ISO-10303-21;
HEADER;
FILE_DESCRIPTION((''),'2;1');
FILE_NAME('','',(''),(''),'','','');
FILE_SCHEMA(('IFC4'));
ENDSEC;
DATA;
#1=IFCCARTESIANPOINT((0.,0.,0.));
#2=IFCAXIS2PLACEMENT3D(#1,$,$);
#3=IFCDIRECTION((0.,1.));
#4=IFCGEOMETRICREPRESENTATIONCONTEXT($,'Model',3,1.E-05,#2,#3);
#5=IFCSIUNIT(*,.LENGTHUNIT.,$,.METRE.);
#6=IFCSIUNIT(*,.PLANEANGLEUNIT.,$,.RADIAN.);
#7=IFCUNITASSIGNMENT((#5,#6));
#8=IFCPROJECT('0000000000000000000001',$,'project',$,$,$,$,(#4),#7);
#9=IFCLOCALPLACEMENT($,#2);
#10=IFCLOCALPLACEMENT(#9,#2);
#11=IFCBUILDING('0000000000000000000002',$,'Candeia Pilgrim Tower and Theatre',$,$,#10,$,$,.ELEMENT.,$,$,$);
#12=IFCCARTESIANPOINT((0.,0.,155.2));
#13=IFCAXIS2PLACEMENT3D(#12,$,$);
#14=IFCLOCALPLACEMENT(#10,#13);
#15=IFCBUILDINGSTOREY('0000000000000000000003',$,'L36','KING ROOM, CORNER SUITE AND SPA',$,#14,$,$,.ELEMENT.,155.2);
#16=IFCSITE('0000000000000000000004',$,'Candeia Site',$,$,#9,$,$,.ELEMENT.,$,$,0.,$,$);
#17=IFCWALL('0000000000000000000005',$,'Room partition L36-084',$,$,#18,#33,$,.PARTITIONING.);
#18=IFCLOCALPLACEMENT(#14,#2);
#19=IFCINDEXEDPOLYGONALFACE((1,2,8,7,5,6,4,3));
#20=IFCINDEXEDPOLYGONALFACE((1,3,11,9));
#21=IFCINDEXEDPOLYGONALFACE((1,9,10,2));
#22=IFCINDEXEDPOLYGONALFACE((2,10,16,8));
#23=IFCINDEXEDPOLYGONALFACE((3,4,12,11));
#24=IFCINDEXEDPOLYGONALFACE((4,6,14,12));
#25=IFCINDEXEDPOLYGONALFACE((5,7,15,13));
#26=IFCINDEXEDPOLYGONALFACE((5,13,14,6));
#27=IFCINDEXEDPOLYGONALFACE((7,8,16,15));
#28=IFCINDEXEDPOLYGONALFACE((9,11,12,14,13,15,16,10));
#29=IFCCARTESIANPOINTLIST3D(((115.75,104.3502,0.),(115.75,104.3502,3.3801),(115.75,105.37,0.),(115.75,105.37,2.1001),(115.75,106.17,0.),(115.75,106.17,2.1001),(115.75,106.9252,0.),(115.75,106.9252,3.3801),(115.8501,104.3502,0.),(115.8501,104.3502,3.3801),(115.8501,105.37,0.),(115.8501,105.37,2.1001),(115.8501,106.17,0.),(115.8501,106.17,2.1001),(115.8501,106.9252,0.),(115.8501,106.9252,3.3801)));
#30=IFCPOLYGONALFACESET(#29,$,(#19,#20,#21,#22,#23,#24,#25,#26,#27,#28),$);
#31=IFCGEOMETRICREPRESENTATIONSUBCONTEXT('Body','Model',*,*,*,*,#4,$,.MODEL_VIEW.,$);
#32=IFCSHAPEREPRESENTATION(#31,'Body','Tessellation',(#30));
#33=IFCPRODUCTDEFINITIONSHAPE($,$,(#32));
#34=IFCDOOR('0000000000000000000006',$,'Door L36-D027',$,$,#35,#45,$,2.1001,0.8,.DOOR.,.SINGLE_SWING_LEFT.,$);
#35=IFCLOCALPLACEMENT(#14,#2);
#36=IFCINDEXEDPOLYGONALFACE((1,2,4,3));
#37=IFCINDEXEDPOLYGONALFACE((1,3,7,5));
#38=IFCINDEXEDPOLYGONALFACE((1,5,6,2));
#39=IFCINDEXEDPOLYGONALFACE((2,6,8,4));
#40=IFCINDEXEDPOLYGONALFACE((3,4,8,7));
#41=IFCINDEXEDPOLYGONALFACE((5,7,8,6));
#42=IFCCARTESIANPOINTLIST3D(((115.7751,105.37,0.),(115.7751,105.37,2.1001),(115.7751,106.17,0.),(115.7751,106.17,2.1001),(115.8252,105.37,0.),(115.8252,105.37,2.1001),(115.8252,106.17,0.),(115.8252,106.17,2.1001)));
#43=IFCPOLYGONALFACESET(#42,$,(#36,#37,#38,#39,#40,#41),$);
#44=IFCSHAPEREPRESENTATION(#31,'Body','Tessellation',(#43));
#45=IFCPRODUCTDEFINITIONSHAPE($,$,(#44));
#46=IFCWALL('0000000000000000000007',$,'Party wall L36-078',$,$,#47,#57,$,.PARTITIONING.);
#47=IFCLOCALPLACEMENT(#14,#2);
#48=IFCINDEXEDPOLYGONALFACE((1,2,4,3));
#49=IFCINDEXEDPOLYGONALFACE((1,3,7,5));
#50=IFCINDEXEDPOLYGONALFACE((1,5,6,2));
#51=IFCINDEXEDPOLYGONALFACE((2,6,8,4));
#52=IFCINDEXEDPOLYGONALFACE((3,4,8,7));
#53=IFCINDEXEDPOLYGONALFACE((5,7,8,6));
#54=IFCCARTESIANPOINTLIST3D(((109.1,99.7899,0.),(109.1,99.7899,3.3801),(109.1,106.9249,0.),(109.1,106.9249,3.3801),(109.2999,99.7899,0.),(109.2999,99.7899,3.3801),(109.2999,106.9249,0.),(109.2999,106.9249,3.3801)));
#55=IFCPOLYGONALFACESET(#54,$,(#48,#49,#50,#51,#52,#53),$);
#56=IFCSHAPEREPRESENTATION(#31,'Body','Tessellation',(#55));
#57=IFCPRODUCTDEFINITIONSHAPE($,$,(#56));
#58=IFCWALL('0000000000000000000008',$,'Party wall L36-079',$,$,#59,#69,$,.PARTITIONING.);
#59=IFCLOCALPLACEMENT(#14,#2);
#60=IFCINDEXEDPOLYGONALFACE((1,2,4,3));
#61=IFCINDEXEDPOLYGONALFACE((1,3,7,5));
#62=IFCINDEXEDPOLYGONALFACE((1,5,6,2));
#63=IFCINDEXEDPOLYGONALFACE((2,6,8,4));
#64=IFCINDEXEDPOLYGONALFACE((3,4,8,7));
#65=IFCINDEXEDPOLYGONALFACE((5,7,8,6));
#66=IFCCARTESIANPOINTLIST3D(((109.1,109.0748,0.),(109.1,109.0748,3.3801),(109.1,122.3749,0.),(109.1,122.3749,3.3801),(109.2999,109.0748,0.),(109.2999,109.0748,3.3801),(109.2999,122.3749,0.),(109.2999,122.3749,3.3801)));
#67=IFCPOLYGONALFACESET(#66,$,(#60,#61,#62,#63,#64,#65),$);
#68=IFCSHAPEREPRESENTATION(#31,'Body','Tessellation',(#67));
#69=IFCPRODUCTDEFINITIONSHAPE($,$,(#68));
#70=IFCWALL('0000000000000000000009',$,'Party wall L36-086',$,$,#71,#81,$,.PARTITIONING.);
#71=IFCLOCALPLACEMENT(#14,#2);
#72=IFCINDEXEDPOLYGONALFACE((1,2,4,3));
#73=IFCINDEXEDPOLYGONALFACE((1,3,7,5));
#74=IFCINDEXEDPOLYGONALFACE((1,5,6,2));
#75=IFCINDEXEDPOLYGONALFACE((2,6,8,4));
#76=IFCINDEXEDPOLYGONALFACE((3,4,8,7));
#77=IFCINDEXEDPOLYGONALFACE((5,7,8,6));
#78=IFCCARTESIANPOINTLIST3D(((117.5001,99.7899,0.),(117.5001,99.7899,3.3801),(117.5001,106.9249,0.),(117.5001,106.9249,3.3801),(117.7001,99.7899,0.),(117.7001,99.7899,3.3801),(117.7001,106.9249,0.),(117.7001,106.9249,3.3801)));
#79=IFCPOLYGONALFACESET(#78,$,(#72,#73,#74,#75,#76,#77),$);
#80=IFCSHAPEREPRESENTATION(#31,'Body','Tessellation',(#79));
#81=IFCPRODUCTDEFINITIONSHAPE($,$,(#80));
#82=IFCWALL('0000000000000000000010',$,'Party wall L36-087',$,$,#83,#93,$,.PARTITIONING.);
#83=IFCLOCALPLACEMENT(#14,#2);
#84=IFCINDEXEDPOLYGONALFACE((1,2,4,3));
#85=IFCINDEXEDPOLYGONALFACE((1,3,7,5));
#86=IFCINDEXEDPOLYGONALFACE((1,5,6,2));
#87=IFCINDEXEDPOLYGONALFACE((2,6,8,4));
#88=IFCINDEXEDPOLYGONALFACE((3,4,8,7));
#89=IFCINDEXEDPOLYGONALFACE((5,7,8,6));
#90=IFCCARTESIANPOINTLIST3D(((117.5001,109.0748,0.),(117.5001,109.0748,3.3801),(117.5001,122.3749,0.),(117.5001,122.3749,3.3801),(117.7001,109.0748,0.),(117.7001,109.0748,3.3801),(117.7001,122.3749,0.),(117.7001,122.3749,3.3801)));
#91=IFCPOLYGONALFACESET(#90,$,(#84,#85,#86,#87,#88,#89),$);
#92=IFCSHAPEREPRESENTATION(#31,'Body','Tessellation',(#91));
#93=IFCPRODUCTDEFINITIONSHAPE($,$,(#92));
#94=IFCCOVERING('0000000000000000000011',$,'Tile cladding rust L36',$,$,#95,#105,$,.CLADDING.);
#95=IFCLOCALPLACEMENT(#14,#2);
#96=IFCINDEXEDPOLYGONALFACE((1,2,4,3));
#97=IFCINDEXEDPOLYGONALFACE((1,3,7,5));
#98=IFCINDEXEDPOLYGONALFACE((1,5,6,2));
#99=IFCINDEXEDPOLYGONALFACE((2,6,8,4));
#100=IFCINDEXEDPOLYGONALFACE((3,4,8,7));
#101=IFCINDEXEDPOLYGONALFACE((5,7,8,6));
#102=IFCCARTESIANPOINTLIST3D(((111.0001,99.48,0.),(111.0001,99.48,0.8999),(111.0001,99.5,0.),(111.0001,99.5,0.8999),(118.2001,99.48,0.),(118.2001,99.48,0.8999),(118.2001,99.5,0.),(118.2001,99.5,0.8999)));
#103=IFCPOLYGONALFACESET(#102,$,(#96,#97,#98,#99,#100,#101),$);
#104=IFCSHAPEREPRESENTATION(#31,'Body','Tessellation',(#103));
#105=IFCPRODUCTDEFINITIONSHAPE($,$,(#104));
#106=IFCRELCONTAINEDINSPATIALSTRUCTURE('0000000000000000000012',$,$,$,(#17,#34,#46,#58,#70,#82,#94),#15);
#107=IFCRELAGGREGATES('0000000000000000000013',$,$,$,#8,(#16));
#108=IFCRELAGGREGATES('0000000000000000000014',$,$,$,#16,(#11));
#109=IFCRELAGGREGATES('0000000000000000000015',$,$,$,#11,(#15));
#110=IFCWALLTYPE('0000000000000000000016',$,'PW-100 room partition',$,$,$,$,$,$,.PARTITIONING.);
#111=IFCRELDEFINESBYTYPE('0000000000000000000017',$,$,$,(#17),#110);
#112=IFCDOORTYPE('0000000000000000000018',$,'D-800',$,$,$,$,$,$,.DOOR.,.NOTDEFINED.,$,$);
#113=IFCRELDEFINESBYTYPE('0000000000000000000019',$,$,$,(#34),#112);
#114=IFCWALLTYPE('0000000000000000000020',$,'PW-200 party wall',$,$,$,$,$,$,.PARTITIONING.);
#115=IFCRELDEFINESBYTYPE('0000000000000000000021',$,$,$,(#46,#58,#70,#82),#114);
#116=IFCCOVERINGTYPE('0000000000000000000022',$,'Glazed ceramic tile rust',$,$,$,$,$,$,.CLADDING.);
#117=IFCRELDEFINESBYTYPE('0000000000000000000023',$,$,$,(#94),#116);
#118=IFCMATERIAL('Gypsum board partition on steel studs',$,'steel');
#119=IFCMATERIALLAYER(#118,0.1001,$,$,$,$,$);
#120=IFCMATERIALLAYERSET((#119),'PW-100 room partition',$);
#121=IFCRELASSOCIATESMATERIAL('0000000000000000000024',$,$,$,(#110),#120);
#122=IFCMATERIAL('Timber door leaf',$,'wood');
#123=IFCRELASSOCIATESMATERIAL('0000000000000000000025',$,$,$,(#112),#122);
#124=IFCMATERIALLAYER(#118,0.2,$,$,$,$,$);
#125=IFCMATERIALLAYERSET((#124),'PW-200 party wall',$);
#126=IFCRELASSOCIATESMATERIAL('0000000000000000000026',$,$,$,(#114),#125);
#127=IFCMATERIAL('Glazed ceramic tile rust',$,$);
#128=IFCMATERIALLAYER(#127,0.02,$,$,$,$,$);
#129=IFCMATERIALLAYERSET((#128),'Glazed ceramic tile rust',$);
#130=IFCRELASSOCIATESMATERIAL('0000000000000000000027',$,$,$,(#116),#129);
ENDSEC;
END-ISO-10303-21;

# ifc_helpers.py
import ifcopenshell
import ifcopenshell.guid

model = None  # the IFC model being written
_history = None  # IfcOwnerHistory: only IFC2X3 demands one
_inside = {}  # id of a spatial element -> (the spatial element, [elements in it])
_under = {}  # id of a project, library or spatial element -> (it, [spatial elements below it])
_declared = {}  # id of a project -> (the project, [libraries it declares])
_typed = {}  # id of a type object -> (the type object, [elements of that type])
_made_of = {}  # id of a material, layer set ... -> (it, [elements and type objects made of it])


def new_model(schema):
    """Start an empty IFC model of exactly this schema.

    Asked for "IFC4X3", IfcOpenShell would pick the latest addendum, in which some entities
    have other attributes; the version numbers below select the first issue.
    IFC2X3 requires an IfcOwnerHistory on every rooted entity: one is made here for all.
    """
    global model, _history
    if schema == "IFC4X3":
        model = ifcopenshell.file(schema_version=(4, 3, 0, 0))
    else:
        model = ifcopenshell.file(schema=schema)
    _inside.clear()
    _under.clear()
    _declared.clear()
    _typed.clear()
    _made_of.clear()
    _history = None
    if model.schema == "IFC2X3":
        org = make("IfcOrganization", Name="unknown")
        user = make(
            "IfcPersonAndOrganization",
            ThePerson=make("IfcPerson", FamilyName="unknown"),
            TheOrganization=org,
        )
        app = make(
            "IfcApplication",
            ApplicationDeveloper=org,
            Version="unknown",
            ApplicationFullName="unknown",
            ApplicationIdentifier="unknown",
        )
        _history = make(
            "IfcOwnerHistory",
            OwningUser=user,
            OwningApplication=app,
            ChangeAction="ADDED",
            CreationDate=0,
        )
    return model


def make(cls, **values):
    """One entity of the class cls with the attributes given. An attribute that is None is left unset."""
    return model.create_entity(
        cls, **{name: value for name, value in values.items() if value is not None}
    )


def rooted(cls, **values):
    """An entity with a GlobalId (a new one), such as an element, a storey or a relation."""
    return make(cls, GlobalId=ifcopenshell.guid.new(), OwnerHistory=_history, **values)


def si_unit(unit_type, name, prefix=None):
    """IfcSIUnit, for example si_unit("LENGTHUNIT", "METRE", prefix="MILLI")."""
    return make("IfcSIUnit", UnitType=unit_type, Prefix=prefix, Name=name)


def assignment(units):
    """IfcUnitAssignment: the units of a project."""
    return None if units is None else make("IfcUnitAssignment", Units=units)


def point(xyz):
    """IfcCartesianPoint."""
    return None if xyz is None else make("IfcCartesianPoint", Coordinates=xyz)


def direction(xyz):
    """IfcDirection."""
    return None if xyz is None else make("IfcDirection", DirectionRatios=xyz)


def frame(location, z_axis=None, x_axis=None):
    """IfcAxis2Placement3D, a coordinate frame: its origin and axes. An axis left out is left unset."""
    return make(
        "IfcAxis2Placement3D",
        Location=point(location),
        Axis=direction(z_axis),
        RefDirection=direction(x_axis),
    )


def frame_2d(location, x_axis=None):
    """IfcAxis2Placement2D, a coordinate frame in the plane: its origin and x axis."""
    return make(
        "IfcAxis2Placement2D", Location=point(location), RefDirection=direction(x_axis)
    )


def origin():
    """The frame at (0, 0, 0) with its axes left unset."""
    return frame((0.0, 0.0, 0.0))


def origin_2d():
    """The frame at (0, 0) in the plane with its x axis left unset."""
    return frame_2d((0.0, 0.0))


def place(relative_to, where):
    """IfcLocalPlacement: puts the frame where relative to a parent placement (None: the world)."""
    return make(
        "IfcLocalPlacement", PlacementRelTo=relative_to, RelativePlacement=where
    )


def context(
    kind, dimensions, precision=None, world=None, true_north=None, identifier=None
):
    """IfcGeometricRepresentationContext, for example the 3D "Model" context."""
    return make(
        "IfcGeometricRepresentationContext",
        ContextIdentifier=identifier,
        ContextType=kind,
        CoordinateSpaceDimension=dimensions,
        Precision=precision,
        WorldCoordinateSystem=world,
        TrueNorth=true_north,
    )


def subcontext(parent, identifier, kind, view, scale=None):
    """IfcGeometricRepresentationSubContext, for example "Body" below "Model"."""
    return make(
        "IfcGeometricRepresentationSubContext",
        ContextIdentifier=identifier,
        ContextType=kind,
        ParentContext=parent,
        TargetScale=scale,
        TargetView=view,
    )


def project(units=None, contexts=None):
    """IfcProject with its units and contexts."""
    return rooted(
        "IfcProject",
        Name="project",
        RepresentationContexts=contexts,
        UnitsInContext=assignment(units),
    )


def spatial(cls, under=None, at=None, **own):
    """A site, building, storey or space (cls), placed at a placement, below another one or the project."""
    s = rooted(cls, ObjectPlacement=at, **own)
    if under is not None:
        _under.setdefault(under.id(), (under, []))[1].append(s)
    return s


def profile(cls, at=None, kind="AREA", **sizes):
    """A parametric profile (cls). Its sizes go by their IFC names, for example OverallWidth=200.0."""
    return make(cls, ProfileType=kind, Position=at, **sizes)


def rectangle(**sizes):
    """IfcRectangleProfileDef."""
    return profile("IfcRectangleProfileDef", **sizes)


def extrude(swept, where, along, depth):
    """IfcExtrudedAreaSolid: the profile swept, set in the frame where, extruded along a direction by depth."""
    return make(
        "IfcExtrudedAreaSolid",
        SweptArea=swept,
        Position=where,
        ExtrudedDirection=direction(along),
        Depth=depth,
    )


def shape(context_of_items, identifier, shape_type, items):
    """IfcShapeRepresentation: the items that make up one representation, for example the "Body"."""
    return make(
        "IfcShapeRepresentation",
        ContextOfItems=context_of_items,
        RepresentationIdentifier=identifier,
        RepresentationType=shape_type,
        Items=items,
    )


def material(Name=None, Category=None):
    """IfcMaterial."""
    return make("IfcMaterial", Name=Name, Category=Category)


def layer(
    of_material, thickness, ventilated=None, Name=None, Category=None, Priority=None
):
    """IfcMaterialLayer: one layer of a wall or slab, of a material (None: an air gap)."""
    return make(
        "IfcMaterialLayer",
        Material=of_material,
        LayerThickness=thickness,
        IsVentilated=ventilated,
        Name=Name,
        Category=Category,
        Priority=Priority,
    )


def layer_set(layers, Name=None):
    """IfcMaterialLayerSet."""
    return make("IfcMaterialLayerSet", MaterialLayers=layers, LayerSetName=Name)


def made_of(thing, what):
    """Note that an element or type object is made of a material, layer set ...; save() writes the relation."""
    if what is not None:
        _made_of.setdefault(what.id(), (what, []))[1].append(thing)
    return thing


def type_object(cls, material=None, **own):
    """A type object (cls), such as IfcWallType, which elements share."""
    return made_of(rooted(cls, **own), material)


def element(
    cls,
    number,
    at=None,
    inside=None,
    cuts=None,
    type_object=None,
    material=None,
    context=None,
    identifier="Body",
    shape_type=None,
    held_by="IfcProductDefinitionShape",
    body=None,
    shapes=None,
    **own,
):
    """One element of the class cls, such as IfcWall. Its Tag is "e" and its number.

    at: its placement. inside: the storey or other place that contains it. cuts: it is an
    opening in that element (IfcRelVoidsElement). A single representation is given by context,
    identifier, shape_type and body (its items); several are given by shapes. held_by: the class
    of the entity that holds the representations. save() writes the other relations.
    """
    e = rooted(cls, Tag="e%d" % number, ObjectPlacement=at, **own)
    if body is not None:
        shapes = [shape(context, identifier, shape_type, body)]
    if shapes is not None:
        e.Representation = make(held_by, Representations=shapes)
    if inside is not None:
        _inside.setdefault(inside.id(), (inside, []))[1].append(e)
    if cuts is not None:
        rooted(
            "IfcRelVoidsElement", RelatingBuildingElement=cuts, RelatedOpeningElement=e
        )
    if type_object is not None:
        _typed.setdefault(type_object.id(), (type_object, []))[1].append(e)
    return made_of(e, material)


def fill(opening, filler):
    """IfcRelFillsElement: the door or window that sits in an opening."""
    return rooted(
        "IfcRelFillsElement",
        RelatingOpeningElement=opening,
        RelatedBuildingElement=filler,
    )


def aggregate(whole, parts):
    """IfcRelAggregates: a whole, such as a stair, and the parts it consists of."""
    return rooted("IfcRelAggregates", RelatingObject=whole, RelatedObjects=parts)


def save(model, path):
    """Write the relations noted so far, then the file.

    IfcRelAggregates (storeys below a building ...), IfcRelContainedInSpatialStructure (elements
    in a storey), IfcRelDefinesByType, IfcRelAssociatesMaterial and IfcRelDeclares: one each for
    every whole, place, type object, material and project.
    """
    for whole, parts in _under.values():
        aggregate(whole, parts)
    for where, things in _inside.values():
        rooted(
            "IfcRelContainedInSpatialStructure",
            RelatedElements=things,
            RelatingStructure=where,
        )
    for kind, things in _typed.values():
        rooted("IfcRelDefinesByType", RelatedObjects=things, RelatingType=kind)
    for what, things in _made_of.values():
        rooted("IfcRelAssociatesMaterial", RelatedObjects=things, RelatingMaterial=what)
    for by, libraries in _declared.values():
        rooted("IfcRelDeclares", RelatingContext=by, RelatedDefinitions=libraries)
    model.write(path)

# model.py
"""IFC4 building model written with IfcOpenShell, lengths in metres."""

from ifc_helpers import new_model, si_unit, direction, frame, frame_2d, origin, origin_2d, place, context, subcontext, project, spatial, rectangle, extrude, material, layer, layer_set, type_object, element, fill, save


model = new_model("IFC4")

# Units and contexts
model_context = context("Model", 3, precision=1e-05, world=origin(), true_north=direction((0.0, 1.0)))
body_context = subcontext(model_context, "Body", "Model", "MODEL_VIEW")
ifc_project = project(units=[si_unit("LENGTHUNIT", "METRE"), si_unit("PLANEANGLEUNIT", "RADIAN")], contexts=[model_context])

# Site, building, storey
site_placement = place(None, origin())
site = spatial("IfcSite", under=ifc_project, at=site_placement, Name="Candeia Site", CompositionType="ELEMENT", RefElevation=0.0)
building_placement = place(site_placement, origin())
building = spatial("IfcBuilding", under=site, at=building_placement, Name="Candeia Pilgrim Tower and Theatre", CompositionType="ELEMENT")
storey_placement = place(building_placement, frame((0.0, 0.0, 155.2)))
storey = spatial("IfcBuildingStorey", under=building, at=storey_placement, Name="L36", Description="KING ROOM, CORNER SUITE AND SPA", CompositionType="ELEMENT", Elevation=155.2)

# Shared definitions
ifc_material_1 = material(Name="Gypsum board partition on steel studs", Category="steel")
ifc_layer_1 = layer(ifc_material_1, 0.1001)
ifc_layer_set_1 = layer_set([ifc_layer_1], Name="PW-100 room partition")
wall_type_1 = type_object("IfcWallType", Name="PW-100 room partition", PredefinedType="PARTITIONING", material=ifc_layer_set_1)

# Wall, opening, door
ifc_material_2 = material(Name="Timber door leaf", Category="wood")
door_type_1 = type_object("IfcDoorType", Name="D-800", OperationType="NOTDEFINED", PredefinedType="DOOR", material=ifc_material_2)
wall_1_placement = place(storey_placement, frame((115.8, 104.3501, 0.0), z_axis=(0.0, 0.0, 1.0), x_axis=(0.0, 1.0, 0.0)))
wall_1 = element("IfcWall", 1, at=wall_1_placement, inside=storey, type_object=wall_type_1, Name="Room partition L36-084", PredefinedType="PARTITIONING", context=body_context, shape_type="SweptSolid", body=[
    extrude(rectangle(XDim=2.575, YDim=0.1001, at=frame_2d((1.2876, 0.0))), origin(), (0.0, 0.0, 1.0), 3.3801),
])
opening_1_placement = place(wall_1_placement, frame((1.02, 0.0, 0.0)))
opening_1 = element("IfcOpeningElement", 2, at=opening_1_placement, cuts=wall_1, PredefinedType="OPENING", context=body_context, shape_type="SweptSolid", body=[
    extrude(rectangle(XDim=0.8, YDim=2.1001, at=frame_2d((0.3999, 1.05))), frame((0.0, 0.0601, 0.0), z_axis=(0.0, -1.0, 0.0), x_axis=(1.0, 0.0, 0.0)), (0.0, 0.0, 1.0), 0.1201),
])
door_1_placement = place(opening_1_placement, origin())
door_1 = element("IfcDoor", 3, at=door_1_placement, inside=storey, type_object=door_type_1, Name="Door L36-D027", OperationType="SINGLE_SWING_LEFT", OverallHeight=2.1001, OverallWidth=0.8, PredefinedType="DOOR", context=body_context, shape_type="SweptSolid", body=[
    extrude(rectangle(XDim=0.8, YDim=2.1001, at=frame_2d((0.3999, 1.05))), frame((0.0, 0.0249, 0.0), z_axis=(0.0, -1.0, 0.0), x_axis=(1.0, 0.0, 0.0)), (0.0, 0.0, 1.0), 0.05),
])
fill(opening_1, door_1)

# Walls
ifc_layer_2 = layer(ifc_material_1, 0.2)
ifc_layer_set_2 = layer_set([ifc_layer_2], Name="PW-200 party wall")
wall_type_2 = type_object("IfcWallType", Name="PW-200 party wall", PredefinedType="PARTITIONING", material=ifc_layer_set_2)
wall_2_placement = place(storey_placement, frame((109.2, 99.79, 0.0), z_axis=(0.0, 0.0, 1.0), x_axis=(0.0, 1.0, 0.0)))
element("IfcWall", 4, at=wall_2_placement, inside=storey, type_object=wall_type_2, Name="Party wall L36-078", PredefinedType="PARTITIONING", context=body_context, shape_type="SweptSolid", body=[
    extrude(rectangle(XDim=7.135, YDim=0.2, at=frame_2d((3.5674, 0.0))), origin(), (0.0, 0.0, 1.0), 3.3801),
])
wall_3_placement = place(storey_placement, frame((109.2, 109.075, 0.0), z_axis=(0.0, 0.0, 1.0), x_axis=(0.0, 1.0, 0.0)))
element("IfcWall", 5, at=wall_3_placement, inside=storey, type_object=wall_type_2, Name="Party wall L36-079", PredefinedType="PARTITIONING", context=body_context, shape_type="SweptSolid", body=[
    extrude(rectangle(XDim=13.3, YDim=0.2, at=frame_2d((6.6499, 0.0))), origin(), (0.0, 0.0, 1.0), 3.3801),
])
wall_4_placement = place(storey_placement, frame((117.6001, 99.79, 0.0), z_axis=(0.0, 0.0, 1.0), x_axis=(0.0, 1.0, 0.0)))
element("IfcWall", 6, at=wall_4_placement, inside=storey, type_object=wall_type_2, Name="Party wall L36-086", PredefinedType="PARTITIONING", context=body_context, shape_type="SweptSolid", body=[
    extrude(rectangle(XDim=7.135, YDim=0.2, at=frame_2d((3.5674, 0.0))), origin(), (0.0, 0.0, 1.0), 3.3801),
])
wall_5_placement = place(storey_placement, frame((117.6001, 109.075, 0.0), z_axis=(0.0, 0.0, 1.0), x_axis=(0.0, 1.0, 0.0)))
element("IfcWall", 7, at=wall_5_placement, inside=storey, type_object=wall_type_2, Name="Party wall L36-087", PredefinedType="PARTITIONING", context=body_context, shape_type="SweptSolid", body=[
    extrude(rectangle(XDim=13.3, YDim=0.2, at=frame_2d((6.6499, 0.0))), origin(), (0.0, 0.0, 1.0), 3.3801),
])

# Covering
ifc_material_3 = material(Name="Glazed ceramic tile rust")
ifc_layer_3 = layer(ifc_material_3, 0.02)
ifc_layer_set_3 = layer_set([ifc_layer_3], Name="Glazed ceramic tile rust")
covering_type = type_object("IfcCoveringType", Name="Glazed ceramic tile rust", PredefinedType="CLADDING", material=ifc_layer_set_3)
covering_placement = place(storey_placement, frame((114.6001, 99.49, 0.0), z_axis=(0.0, 0.0, 1.0), x_axis=(1.0, 0.0, 0.0)))
element("IfcCovering", 8, at=covering_placement, inside=storey, type_object=covering_type, Name="Tile cladding rust L36", PredefinedType="CLADDING", context=body_context, shape_type="SweptSolid", body=[
    extrude(rectangle(XDim=7.2, YDim=0.02, at=origin_2d()), origin(), (0.0, 0.0, 1.0), 0.8999),
])

save(model, "model.ifc")
